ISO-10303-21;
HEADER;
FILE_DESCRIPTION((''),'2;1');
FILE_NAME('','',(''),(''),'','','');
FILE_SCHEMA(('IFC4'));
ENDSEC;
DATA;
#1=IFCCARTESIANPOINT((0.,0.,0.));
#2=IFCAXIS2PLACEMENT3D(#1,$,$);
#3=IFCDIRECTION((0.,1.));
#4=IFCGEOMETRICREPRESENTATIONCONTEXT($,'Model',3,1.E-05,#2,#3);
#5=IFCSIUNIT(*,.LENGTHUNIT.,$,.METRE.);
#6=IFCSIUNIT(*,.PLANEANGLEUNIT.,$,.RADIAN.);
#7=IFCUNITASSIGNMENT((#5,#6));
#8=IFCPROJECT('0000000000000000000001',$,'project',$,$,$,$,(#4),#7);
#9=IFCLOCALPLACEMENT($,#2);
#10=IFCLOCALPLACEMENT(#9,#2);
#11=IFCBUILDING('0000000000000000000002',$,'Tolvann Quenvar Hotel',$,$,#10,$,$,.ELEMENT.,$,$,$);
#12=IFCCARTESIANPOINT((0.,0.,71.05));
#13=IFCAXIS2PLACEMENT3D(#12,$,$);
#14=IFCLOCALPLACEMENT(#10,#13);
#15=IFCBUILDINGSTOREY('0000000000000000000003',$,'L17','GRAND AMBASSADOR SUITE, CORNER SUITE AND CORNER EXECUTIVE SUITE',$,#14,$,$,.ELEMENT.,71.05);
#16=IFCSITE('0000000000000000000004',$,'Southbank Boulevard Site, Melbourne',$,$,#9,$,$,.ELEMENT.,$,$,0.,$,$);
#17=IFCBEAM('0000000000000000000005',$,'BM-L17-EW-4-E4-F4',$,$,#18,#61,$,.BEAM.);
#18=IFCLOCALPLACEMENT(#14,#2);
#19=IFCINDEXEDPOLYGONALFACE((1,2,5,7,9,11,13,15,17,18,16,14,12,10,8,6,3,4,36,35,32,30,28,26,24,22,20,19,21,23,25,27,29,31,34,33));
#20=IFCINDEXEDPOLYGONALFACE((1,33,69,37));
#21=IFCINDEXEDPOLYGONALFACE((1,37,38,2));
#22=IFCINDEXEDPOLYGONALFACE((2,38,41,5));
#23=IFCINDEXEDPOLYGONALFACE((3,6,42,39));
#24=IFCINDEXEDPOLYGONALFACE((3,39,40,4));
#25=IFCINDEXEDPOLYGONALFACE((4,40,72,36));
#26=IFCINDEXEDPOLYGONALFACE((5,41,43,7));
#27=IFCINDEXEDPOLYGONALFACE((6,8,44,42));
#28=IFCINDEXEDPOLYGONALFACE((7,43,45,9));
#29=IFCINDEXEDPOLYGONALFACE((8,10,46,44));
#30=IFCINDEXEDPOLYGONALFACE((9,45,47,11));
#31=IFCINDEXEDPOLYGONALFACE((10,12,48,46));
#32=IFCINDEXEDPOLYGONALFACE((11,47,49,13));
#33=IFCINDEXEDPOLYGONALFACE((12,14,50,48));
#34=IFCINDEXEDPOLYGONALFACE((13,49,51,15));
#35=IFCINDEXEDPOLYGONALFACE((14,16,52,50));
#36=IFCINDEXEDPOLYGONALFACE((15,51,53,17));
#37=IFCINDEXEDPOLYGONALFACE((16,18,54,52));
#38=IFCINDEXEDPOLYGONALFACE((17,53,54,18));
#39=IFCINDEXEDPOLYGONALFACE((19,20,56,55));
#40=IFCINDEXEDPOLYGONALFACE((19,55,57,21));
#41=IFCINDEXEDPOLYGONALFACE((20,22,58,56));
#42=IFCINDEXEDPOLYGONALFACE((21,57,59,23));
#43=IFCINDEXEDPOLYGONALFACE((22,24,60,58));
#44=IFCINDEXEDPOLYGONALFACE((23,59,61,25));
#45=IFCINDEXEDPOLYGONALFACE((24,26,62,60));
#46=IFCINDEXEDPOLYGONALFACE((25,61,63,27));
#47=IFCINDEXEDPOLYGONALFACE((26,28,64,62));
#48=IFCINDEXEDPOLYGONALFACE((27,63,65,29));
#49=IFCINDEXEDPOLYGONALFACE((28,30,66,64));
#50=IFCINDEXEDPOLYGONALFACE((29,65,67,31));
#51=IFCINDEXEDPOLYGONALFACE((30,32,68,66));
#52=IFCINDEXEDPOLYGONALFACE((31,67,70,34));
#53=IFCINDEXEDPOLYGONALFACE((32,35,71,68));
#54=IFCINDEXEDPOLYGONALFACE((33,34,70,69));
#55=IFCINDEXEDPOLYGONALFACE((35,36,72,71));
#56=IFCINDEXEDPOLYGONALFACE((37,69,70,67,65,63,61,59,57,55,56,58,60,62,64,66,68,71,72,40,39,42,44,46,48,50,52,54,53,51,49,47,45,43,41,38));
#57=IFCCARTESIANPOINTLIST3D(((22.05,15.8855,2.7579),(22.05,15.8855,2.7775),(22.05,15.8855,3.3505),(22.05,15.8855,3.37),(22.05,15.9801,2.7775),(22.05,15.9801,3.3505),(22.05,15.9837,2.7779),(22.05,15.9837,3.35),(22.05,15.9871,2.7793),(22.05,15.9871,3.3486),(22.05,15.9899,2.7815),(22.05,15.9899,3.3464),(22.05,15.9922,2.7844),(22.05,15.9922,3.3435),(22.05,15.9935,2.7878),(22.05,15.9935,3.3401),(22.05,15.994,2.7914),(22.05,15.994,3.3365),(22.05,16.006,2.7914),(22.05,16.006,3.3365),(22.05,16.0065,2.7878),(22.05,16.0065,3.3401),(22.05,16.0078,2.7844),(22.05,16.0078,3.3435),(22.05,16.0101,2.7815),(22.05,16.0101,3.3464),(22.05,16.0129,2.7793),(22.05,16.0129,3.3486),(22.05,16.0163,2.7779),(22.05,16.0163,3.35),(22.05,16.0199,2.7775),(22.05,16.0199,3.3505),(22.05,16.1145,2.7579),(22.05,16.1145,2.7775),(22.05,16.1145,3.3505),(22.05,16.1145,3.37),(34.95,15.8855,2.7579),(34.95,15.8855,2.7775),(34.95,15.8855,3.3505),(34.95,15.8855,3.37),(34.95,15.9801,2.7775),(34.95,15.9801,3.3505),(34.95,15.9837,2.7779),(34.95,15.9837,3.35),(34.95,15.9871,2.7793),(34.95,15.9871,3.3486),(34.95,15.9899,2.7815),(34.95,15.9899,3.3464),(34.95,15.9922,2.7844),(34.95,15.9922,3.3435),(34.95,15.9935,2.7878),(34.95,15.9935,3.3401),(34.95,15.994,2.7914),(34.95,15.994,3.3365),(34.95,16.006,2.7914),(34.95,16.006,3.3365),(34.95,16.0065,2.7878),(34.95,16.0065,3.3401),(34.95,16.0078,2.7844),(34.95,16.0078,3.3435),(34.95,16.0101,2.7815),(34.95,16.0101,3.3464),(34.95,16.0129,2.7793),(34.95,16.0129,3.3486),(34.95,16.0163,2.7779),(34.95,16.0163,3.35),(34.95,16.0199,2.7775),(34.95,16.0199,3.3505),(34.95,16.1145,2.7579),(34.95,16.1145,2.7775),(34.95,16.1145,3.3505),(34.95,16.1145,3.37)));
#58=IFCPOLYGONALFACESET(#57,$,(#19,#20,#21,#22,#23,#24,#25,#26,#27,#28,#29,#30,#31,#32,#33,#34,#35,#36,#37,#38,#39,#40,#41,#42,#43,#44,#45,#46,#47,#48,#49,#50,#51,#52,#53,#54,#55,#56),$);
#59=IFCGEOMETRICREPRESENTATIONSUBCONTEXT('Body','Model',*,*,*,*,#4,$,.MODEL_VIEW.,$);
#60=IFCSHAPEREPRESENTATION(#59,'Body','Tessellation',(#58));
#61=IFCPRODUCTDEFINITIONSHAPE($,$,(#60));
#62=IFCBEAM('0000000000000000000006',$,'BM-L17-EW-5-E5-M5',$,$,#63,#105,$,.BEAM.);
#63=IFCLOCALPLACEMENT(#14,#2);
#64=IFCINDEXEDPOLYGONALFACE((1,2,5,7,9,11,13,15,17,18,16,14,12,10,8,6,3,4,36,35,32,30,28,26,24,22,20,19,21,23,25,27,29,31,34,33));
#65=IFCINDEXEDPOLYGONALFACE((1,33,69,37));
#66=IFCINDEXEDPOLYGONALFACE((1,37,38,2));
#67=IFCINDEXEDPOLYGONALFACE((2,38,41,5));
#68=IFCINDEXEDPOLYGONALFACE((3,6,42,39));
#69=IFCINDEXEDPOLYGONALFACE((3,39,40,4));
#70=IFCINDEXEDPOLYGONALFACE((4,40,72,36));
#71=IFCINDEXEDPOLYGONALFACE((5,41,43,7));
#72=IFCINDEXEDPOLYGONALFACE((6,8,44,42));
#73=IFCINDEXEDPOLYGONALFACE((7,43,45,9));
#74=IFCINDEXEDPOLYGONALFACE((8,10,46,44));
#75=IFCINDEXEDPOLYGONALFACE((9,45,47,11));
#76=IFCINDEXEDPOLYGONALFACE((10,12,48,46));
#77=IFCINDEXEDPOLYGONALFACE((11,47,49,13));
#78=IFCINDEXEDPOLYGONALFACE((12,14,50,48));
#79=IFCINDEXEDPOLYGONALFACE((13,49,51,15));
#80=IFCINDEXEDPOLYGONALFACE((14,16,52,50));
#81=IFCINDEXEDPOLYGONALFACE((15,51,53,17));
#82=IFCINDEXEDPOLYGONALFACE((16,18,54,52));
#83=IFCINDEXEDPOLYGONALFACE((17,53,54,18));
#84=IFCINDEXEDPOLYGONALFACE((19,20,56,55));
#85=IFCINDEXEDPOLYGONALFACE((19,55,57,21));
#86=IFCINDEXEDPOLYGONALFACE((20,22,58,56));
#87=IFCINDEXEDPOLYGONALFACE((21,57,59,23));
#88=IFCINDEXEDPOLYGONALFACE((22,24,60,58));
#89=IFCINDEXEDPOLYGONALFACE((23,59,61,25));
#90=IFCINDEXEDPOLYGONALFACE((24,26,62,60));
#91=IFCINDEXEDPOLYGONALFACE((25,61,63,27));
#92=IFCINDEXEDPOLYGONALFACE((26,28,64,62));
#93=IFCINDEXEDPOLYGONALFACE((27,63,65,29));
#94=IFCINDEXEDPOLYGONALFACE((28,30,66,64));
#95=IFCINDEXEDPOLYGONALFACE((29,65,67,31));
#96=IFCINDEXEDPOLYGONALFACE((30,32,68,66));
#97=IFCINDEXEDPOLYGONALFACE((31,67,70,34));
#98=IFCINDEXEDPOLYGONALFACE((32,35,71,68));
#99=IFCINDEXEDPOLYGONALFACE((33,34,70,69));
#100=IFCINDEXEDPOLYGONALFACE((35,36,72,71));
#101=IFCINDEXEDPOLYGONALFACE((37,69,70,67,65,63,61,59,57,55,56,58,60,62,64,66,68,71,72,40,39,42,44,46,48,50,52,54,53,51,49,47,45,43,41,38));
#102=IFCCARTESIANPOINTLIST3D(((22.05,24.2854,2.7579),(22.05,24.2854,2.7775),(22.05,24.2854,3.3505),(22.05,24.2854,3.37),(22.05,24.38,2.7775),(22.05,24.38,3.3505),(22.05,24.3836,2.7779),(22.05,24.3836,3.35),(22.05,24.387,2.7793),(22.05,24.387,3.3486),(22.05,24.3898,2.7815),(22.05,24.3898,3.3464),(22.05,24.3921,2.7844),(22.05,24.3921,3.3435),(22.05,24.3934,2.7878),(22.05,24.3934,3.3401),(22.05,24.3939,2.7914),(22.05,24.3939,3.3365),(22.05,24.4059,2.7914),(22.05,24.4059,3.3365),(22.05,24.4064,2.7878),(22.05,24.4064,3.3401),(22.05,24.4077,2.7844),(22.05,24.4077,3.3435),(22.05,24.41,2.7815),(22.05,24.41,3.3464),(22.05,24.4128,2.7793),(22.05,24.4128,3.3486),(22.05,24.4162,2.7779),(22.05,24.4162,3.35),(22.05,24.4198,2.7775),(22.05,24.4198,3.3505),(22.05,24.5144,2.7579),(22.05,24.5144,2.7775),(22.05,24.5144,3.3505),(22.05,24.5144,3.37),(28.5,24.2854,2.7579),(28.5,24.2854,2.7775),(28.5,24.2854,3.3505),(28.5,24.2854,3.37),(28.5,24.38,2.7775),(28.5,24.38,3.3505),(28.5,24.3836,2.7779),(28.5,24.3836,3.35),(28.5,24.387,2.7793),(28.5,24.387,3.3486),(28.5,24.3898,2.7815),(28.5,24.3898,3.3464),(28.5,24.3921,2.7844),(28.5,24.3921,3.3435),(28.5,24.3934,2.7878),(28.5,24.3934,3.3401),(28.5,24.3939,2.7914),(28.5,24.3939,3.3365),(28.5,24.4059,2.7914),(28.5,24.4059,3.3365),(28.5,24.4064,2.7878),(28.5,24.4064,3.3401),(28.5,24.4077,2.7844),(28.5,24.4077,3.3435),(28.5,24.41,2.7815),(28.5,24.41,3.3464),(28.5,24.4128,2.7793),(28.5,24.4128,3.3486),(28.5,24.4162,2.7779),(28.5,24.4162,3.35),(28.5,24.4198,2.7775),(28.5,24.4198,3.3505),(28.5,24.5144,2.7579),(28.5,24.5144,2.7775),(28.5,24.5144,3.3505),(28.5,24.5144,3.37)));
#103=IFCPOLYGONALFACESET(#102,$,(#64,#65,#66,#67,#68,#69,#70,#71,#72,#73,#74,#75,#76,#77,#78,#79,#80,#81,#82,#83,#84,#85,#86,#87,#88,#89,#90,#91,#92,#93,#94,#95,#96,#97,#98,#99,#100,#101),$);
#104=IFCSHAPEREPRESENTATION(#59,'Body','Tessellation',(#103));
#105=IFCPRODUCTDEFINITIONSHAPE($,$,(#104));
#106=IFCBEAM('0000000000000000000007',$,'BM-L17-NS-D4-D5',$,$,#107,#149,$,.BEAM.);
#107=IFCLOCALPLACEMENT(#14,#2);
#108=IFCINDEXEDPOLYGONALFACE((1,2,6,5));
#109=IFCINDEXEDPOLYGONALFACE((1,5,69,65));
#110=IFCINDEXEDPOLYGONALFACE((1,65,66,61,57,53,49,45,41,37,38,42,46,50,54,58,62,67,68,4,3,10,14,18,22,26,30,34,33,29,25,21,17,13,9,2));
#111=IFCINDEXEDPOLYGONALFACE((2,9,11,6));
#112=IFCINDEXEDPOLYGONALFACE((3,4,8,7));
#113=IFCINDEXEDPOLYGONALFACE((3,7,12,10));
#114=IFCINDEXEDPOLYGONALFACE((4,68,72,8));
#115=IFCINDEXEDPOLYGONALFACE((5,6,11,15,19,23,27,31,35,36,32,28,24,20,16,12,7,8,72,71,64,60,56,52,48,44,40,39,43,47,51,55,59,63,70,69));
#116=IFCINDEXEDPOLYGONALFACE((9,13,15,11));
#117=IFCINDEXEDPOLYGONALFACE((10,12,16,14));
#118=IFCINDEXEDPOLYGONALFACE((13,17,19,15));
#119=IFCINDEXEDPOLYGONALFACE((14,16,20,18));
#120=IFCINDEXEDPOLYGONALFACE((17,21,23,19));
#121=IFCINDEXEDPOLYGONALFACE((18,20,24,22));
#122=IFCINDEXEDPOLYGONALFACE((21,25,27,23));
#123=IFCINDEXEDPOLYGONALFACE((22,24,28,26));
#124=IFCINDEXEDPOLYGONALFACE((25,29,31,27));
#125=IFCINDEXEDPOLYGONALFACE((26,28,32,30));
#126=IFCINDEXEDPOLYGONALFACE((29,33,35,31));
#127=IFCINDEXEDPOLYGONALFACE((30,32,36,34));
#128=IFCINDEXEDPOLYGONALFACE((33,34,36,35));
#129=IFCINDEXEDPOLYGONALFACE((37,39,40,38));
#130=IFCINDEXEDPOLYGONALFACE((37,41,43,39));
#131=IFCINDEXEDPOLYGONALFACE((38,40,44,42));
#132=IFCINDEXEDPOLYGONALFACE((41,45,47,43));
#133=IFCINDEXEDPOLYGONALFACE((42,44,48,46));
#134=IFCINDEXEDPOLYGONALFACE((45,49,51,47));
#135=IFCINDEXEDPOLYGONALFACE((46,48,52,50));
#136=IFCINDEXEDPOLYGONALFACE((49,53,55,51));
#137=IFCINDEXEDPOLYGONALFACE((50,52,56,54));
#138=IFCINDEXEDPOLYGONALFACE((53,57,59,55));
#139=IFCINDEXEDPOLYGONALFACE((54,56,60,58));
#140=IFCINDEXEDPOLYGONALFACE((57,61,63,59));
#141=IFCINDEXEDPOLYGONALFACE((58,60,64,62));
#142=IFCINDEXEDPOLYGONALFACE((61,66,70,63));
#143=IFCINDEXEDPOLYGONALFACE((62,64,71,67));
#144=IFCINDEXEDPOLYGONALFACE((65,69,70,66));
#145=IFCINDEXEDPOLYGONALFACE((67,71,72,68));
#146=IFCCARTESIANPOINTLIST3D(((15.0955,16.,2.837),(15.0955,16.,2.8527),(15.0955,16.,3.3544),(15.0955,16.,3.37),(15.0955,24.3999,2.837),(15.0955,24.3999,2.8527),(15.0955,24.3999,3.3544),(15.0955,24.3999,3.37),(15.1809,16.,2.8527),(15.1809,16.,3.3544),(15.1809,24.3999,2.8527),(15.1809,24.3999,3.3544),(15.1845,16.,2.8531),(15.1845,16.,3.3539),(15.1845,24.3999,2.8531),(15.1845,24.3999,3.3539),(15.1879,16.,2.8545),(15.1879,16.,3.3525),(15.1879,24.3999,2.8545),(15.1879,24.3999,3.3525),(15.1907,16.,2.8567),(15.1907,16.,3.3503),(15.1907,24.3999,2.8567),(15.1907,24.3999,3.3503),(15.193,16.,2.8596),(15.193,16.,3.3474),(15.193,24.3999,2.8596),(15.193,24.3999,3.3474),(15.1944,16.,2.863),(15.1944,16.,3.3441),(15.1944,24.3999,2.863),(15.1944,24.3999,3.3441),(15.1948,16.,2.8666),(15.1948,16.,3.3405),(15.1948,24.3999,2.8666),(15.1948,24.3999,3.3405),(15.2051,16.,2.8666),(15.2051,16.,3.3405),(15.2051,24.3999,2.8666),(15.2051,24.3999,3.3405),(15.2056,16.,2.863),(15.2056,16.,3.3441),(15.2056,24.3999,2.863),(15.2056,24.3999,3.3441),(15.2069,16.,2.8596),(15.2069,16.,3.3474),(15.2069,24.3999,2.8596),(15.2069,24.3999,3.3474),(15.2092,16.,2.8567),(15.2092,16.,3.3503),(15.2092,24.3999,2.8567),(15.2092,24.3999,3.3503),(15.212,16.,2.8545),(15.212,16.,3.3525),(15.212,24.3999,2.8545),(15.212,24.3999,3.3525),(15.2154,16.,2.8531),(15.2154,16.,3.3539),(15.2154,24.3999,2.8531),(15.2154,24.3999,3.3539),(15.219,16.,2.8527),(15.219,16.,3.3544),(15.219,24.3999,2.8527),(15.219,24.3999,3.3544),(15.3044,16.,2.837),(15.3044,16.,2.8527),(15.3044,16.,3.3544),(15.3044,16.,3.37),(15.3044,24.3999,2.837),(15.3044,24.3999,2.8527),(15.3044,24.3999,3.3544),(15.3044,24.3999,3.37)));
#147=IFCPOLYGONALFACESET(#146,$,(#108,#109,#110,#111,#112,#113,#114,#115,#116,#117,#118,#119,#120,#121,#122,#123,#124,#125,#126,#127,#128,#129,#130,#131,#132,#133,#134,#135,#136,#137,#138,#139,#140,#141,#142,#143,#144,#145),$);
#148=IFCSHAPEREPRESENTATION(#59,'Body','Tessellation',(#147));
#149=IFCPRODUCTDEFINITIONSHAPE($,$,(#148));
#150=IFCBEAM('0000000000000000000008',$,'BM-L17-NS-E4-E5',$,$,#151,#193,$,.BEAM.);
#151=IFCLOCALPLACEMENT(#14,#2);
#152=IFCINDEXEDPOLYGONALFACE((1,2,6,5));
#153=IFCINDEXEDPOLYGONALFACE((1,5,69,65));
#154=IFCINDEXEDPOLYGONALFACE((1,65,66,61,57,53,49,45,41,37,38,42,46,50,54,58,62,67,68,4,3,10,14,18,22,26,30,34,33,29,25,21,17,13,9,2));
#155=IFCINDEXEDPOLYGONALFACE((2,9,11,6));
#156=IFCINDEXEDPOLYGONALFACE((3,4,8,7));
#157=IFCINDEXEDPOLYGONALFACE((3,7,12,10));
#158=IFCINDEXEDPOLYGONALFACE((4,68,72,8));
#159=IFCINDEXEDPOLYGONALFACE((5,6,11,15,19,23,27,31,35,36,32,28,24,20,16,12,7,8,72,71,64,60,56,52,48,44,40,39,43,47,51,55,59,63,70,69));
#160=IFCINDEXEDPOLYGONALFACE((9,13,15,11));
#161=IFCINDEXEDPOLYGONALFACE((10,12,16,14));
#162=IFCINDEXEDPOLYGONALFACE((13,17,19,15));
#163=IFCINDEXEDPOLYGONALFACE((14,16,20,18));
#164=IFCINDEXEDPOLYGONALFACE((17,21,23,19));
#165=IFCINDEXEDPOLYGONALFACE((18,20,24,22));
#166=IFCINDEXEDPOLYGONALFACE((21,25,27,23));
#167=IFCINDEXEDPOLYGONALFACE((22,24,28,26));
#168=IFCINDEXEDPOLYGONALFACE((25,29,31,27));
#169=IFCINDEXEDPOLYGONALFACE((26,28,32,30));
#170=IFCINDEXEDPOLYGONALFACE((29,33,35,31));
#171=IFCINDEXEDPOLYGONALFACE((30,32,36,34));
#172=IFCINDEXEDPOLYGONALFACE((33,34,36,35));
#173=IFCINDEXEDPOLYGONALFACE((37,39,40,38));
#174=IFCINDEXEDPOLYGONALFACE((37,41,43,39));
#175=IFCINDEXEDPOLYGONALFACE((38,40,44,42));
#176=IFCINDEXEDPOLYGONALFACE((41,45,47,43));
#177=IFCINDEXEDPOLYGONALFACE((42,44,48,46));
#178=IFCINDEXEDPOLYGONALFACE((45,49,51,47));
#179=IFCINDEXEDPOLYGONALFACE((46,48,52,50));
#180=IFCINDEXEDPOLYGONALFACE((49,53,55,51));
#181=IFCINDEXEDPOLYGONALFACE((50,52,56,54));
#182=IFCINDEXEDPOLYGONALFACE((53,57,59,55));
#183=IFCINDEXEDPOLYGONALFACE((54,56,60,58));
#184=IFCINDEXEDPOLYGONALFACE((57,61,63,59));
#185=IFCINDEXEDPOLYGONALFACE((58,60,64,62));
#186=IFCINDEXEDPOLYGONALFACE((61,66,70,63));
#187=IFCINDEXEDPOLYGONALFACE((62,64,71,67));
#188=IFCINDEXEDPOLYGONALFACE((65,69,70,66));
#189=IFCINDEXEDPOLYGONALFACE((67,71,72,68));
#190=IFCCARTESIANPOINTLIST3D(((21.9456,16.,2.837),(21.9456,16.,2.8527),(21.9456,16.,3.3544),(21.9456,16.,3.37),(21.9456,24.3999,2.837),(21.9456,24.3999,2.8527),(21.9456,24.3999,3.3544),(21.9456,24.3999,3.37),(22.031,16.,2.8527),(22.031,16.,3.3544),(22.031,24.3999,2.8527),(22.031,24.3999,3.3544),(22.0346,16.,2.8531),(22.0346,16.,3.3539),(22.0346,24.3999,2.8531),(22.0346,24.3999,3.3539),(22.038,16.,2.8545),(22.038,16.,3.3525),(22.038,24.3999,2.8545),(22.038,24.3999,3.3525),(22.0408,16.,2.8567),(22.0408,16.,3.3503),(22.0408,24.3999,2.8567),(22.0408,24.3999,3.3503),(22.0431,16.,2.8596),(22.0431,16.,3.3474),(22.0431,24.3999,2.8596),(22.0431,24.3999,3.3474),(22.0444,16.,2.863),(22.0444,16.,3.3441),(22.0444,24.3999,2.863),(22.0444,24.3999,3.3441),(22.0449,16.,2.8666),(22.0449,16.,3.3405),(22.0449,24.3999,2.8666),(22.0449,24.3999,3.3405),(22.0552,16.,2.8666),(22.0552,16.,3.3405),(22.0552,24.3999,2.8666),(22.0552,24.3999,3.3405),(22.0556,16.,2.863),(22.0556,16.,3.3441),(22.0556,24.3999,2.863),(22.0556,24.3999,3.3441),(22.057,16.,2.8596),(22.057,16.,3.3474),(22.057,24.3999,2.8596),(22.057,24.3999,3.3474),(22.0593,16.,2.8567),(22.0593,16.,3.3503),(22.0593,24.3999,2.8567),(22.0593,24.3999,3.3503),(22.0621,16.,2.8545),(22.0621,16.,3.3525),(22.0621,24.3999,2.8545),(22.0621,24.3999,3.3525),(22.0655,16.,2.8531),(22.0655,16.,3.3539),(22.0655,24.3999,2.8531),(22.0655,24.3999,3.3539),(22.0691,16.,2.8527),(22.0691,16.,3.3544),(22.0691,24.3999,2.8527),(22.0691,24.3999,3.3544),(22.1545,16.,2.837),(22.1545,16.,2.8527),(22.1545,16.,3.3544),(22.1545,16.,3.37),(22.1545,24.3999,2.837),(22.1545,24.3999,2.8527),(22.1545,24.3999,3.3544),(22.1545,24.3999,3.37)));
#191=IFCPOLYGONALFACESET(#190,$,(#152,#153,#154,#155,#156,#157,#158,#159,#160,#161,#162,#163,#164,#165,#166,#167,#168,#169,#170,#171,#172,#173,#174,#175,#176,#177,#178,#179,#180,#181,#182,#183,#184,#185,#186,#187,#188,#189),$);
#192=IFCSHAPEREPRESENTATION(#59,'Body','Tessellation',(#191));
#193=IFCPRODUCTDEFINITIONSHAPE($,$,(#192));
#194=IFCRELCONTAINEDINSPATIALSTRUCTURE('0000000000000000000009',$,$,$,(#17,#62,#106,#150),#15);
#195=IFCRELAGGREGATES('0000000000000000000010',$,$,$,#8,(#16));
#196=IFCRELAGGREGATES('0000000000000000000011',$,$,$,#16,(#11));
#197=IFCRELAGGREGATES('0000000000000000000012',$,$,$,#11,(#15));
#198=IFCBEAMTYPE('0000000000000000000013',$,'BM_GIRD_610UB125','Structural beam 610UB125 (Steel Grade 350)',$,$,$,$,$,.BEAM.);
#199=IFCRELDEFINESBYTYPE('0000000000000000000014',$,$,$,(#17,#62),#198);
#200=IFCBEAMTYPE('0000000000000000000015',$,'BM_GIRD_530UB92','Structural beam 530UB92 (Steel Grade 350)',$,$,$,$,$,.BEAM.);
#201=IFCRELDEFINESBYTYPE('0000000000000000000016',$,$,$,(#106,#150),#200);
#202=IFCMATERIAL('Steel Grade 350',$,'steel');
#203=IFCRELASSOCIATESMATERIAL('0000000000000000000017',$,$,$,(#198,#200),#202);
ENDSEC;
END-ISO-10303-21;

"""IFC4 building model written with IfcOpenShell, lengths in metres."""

from ifc_helpers import new_model, si_unit, direction, frame, origin, origin_2d, place, context, subcontext, project, spatial, i_section, extrude, source, transform, mapped, material, material_profile, profile_set, type_object, type_shapes, element, save


model = new_model("IFC4")

# Units and contexts
model_context = context("Model", 3, precision=1e-05, world=origin(), true_north=direction((0.0, 1.0)))
body_context = subcontext(model_context, "Body", "Model", "MODEL_VIEW")
ifc_project = project(units=[si_unit("LENGTHUNIT", "METRE"), si_unit("PLANEANGLEUNIT", "RADIAN")], contexts=[model_context])

# Site, building, storey
site_placement = place(None, origin())
site = spatial("IfcSite", under=ifc_project, at=site_placement, Name="Southbank Boulevard Site, Melbourne", CompositionType="ELEMENT", RefElevation=0.0)
building_placement = place(site_placement, origin())
building = spatial("IfcBuilding", under=site, at=building_placement, Name="Tolvann Quenvar Hotel", CompositionType="ELEMENT")
storey_placement = place(building_placement, frame((0.0, 0.0, 71.05)))
storey = spatial("IfcBuildingStorey", under=building, at=storey_placement, Name="L17", Description="GRAND AMBASSADOR SUITE, CORNER SUITE AND CORNER EXECUTIVE SUITE", CompositionType="ELEMENT", Elevation=71.05)

# Shared definitions
ifc_material_1 = material(Name="Steel Grade 350", Category="steel")

# Beams
ifc_material_profile_1 = material_profile(ifc_material_1, i_section(OverallWidth=0.229, OverallDepth=0.6121, WebThickness=0.012, FlangeThickness=0.0195, FilletRadius=0.0139, at=origin_2d()), Name="610UB125")
ifc_profile_set_1 = profile_set([ifc_material_profile_1], Name="Steel Grade 350")
beam_type_1 = type_object("IfcBeamType", Name="BM_GIRD_610UB125", Description="Structural beam 610UB125 (Steel Grade 350)", PredefinedType="BEAM", material=ifc_profile_set_1)
shared_shape_1 = source(origin(), body_context, "Body", "SweptSolid", [
    extrude(i_section(OverallWidth=0.229, OverallDepth=0.6121, WebThickness=0.012, FlangeThickness=0.0195, FilletRadius=0.0139, at=origin_2d()), origin(), (0.0, 0.0, 1.0), 12.8999),
])
beam_1_placement = place(storey_placement, frame((22.05, 16.0, 3.064), z_axis=(1.0, 0.0, 0.0), x_axis=(0.0, 1.0, 0.0)))
element("IfcBeam", 1, at=beam_1_placement, inside=storey, type_object=beam_type_1, Name="BM-L17-EW-4-E4-F4", PredefinedType="BEAM", context=body_context, shape_type="MappedRepresentation", body=[
    mapped(shared_shape_1, transform((0.0, 0.0, 0.0), x_axis=(1.0, 0.0, 0.0), y_axis=(0.0, 1.0, 0.0), z_axis=(0.0, 0.0, 1.0), scale=1.0)),
])
shared_shape_2 = source(origin(), body_context, "Body", "SweptSolid", [
    extrude(i_section(OverallWidth=0.229, OverallDepth=0.6121, WebThickness=0.012, FlangeThickness=0.0195, FilletRadius=0.0139, at=origin_2d()), origin(), (0.0, 0.0, 1.0), 6.45),
])
beam_2_placement = place(storey_placement, frame((22.05, 24.3999, 3.064), z_axis=(1.0, 0.0, 0.0), x_axis=(0.0, 1.0, 0.0)))
element("IfcBeam", 2, at=beam_2_placement, inside=storey, type_object=beam_type_1, Name="BM-L17-EW-5-E5-M5", PredefinedType="BEAM", context=body_context, shape_type="MappedRepresentation", body=[
    mapped(shared_shape_2, transform((0.0, 0.0, 0.0), x_axis=(1.0, 0.0, 0.0), y_axis=(0.0, 1.0, 0.0), z_axis=(0.0, 0.0, 1.0), scale=1.0)),
])
ifc_material_profile_2 = material_profile(ifc_material_1, i_section(OverallWidth=0.209, OverallDepth=0.533, WebThickness=0.0103, FlangeThickness=0.0156, FilletRadius=0.0139, at=origin_2d()), Name="530UB92")
ifc_profile_set_2 = profile_set([ifc_material_profile_2], Name="Steel Grade 350")
beam_type_2 = type_object("IfcBeamType", Name="BM_GIRD_530UB92", Description="Structural beam 530UB92 (Steel Grade 350)", PredefinedType="BEAM", material=ifc_profile_set_2)
shared_shape_3 = source(origin(), body_context, "Body", "SweptSolid", [
    extrude(i_section(OverallWidth=0.209, OverallDepth=0.533, WebThickness=0.0103, FlangeThickness=0.0156, FilletRadius=0.0139, at=origin_2d()), origin(), (0.0, 0.0, 1.0), 8.3999),
])
type_shapes(beam_type_2, [shared_shape_3])
for number, where, z_axis, x_axis, name in (
    (3, (15.2, 16.0, 3.1035), (0.0, 1.0, 0.0), (-1.0, 0.0, 0.0), "BM-L17-NS-D4-D5"),
    (4, (22.05, 16.0, 3.1035), (0.0, 1.0, 0.0), (-1.0, 0.0, 0.0), "BM-L17-NS-E4-E5"),
):
    element("IfcBeam", number, at=place(storey_placement, frame(where, z_axis=z_axis, x_axis=x_axis)), inside=storey, type_object=beam_type_2, Name=name, PredefinedType="BEAM", context=body_context, shape_type="MappedRepresentation", body=[
        mapped(shared_shape_3, transform((0.0, 0.0, 0.0), x_axis=(1.0, 0.0, 0.0), y_axis=(0.0, 1.0, 0.0), z_axis=(0.0, 0.0, 1.0), scale=1.0)),
    ])

save(model, "model.ifc")
